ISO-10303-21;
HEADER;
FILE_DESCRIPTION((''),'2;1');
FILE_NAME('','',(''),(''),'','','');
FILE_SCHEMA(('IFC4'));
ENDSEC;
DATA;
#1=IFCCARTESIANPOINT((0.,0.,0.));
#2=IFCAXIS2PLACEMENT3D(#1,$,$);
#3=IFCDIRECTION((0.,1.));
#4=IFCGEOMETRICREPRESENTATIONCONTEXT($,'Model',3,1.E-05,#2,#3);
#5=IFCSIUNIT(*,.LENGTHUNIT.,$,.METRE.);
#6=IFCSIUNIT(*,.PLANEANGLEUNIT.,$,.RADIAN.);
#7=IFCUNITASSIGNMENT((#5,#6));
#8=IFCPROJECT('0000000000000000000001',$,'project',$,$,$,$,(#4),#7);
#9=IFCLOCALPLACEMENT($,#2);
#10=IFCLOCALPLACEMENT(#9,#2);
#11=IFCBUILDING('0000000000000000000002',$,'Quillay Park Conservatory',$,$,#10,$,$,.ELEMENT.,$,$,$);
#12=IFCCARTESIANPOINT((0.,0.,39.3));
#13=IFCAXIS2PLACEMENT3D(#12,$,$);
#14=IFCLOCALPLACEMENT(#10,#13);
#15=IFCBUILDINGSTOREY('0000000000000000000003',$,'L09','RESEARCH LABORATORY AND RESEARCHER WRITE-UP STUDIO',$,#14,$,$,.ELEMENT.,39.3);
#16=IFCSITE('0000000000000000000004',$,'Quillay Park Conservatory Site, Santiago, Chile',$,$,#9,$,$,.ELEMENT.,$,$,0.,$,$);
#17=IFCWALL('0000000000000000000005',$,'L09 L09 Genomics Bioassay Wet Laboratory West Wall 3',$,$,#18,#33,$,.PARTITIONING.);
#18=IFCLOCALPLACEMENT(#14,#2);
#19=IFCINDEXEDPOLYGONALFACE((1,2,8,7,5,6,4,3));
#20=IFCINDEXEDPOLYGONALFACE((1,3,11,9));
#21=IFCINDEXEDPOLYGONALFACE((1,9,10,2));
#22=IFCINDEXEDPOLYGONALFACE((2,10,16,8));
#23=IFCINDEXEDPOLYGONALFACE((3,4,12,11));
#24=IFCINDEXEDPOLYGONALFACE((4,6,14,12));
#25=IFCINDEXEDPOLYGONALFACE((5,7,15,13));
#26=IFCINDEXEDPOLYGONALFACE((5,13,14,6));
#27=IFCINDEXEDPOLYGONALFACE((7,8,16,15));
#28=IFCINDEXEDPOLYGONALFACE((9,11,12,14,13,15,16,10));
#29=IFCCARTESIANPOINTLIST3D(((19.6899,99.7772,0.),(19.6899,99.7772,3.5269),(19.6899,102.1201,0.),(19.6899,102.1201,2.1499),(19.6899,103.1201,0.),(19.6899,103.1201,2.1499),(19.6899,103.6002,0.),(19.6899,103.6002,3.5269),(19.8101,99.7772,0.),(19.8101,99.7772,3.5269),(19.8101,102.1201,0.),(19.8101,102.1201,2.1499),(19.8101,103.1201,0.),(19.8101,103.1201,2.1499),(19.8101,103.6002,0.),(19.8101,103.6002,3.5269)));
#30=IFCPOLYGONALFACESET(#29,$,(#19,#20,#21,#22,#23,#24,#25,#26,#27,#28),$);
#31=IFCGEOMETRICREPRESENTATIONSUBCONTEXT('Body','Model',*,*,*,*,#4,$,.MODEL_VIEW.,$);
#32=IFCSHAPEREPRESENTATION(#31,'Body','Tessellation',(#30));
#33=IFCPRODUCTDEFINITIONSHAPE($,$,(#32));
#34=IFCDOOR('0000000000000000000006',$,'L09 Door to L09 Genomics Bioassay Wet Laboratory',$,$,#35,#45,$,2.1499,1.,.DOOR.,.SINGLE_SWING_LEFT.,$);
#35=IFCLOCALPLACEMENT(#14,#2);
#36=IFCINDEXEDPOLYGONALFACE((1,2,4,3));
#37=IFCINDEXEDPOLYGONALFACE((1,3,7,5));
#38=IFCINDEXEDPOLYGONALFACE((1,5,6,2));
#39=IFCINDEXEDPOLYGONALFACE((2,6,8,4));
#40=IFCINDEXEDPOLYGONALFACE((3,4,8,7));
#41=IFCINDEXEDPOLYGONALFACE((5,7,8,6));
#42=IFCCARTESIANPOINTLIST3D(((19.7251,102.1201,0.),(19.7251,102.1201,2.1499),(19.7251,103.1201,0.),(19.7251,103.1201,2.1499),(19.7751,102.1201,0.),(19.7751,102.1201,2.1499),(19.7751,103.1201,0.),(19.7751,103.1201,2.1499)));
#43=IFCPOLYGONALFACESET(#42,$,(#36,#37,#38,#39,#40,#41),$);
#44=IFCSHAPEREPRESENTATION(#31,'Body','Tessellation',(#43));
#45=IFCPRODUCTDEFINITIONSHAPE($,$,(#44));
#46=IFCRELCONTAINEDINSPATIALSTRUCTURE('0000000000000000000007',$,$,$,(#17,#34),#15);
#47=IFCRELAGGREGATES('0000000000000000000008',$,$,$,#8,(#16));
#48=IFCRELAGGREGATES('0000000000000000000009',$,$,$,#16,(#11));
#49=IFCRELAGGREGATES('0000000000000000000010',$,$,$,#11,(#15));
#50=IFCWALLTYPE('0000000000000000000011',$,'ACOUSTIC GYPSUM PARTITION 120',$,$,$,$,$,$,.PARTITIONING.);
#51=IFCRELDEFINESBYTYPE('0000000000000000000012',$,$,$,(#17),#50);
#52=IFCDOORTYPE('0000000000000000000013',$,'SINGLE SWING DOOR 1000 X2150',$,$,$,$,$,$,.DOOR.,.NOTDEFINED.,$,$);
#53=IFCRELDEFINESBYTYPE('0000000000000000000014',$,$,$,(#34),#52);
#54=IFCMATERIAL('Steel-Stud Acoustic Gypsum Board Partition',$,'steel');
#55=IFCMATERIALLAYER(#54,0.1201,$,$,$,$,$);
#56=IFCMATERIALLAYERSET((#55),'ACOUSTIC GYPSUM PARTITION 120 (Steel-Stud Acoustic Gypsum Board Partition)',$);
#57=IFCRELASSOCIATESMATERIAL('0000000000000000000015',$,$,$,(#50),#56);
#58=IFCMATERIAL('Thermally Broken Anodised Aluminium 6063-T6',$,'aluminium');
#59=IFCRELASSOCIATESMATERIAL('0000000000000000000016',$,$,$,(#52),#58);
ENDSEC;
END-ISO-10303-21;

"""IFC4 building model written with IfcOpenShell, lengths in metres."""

from ifc_helpers import new_model, si_unit, direction, frame, frame_2d, origin, place, context, subcontext, project, spatial, rectangle, extrude, material, layer, layer_set, type_object, element, fill, save


model = new_model("IFC4")

# Units and contexts
model_context = context("Model", 3, precision=1e-05, world=origin(), true_north=direction((0.0, 1.0)))
body_context = subcontext(model_context, "Body", "Model", "MODEL_VIEW")
ifc_project = project(units=[si_unit("LENGTHUNIT", "METRE"), si_unit("PLANEANGLEUNIT", "RADIAN")], contexts=[model_context])

# Site, building, storey
site_placement = place(None, origin())
site = spatial("IfcSite", under=ifc_project, at=site_placement, Name="Quillay Park Conservatory Site, Santiago, Chile", CompositionType="ELEMENT", RefElevation=0.0)
building_placement = place(site_placement, origin())
building = spatial("IfcBuilding", under=site, at=building_placement, Name="Quillay Park Conservatory", CompositionType="ELEMENT")
storey_placement = place(building_placement, frame((0.0, 0.0, 39.3)))
storey = spatial("IfcBuildingStorey", under=building, at=storey_placement, Name="L09", Description="RESEARCH LABORATORY AND RESEARCHER WRITE-UP STUDIO", CompositionType="ELEMENT", Elevation=39.3)

# Wall, opening, door
ifc_material_1 = material(Name="Steel-Stud Acoustic Gypsum Board Partition", Category="steel")
ifc_layer_1 = layer(ifc_material_1, 0.1201)
ifc_layer_set_1 = layer_set([ifc_layer_1], Name="ACOUSTIC GYPSUM PARTITION 120 (Steel-Stud Acoustic Gypsum Board Partition)")
wall_type_1 = type_object("IfcWallType", Name="ACOUSTIC GYPSUM PARTITION 120", PredefinedType="PARTITIONING", material=ifc_layer_set_1)
wall_1_placement = place(storey_placement, frame((19.75, 99.7771, 0.0), z_axis=(0.0, 0.0, 1.0), x_axis=(0.0, 1.0, 0.0)))
wall_1 = element("IfcWall", 1, at=wall_1_placement, inside=storey, type_object=wall_type_1, Name="L09 L09 Genomics Bioassay Wet Laboratory West Wall 3", PredefinedType="PARTITIONING", context=body_context, shape_type="SweptSolid", body=[
    extrude(rectangle(XDim=3.823, YDim=0.1201, at=frame_2d((1.9116, 0.0))), origin(), (0.0, 0.0, 1.0), 3.5269),
])
opening_placement = place(wall_1_placement, frame((2.343, 0.0, 0.0)))
opening = element("IfcOpeningElement", 2, at=opening_placement, cuts=wall_1, PredefinedType="OPENING", context=body_context, shape_type="SweptSolid", body=[
    extrude(rectangle(XDim=1.0, YDim=2.1499, at=frame_2d((0.5, 1.075))), frame((0.0, 0.0601, 0.0), z_axis=(0.0, -1.0, 0.0), x_axis=(1.0, 0.0, 0.0)), (0.0, 0.0, 1.0), 0.1201),
])
ifc_material_2 = material(Name="Thermally Broken Anodised Aluminium 6063-T6", Category="aluminium")
door_type = type_object("IfcDoorType", Name="SINGLE SWING DOOR 1000 X2150", OperationType="NOTDEFINED", PredefinedType="DOOR", material=ifc_material_2)
door_placement = place(opening_placement, origin())
door = element("IfcDoor", 3, at=door_placement, inside=storey, type_object=door_type, Name="L09 Door to L09 Genomics Bioassay Wet Laboratory", OperationType="SINGLE_SWING_LEFT", OverallHeight=2.1499, OverallWidth=1.0, PredefinedType="DOOR", context=body_context, shape_type="SweptSolid", body=[
    extrude(rectangle(XDim=1.0, YDim=2.1499, at=frame_2d((0.5, 1.075))), frame((0.0, 0.0249, 0.0), z_axis=(0.0, -1.0, 0.0), x_axis=(1.0, 0.0, 0.0)), (0.0, 0.0, 1.0), 0.05),
])
fill(opening, door)

save(model, "model.ifc")
